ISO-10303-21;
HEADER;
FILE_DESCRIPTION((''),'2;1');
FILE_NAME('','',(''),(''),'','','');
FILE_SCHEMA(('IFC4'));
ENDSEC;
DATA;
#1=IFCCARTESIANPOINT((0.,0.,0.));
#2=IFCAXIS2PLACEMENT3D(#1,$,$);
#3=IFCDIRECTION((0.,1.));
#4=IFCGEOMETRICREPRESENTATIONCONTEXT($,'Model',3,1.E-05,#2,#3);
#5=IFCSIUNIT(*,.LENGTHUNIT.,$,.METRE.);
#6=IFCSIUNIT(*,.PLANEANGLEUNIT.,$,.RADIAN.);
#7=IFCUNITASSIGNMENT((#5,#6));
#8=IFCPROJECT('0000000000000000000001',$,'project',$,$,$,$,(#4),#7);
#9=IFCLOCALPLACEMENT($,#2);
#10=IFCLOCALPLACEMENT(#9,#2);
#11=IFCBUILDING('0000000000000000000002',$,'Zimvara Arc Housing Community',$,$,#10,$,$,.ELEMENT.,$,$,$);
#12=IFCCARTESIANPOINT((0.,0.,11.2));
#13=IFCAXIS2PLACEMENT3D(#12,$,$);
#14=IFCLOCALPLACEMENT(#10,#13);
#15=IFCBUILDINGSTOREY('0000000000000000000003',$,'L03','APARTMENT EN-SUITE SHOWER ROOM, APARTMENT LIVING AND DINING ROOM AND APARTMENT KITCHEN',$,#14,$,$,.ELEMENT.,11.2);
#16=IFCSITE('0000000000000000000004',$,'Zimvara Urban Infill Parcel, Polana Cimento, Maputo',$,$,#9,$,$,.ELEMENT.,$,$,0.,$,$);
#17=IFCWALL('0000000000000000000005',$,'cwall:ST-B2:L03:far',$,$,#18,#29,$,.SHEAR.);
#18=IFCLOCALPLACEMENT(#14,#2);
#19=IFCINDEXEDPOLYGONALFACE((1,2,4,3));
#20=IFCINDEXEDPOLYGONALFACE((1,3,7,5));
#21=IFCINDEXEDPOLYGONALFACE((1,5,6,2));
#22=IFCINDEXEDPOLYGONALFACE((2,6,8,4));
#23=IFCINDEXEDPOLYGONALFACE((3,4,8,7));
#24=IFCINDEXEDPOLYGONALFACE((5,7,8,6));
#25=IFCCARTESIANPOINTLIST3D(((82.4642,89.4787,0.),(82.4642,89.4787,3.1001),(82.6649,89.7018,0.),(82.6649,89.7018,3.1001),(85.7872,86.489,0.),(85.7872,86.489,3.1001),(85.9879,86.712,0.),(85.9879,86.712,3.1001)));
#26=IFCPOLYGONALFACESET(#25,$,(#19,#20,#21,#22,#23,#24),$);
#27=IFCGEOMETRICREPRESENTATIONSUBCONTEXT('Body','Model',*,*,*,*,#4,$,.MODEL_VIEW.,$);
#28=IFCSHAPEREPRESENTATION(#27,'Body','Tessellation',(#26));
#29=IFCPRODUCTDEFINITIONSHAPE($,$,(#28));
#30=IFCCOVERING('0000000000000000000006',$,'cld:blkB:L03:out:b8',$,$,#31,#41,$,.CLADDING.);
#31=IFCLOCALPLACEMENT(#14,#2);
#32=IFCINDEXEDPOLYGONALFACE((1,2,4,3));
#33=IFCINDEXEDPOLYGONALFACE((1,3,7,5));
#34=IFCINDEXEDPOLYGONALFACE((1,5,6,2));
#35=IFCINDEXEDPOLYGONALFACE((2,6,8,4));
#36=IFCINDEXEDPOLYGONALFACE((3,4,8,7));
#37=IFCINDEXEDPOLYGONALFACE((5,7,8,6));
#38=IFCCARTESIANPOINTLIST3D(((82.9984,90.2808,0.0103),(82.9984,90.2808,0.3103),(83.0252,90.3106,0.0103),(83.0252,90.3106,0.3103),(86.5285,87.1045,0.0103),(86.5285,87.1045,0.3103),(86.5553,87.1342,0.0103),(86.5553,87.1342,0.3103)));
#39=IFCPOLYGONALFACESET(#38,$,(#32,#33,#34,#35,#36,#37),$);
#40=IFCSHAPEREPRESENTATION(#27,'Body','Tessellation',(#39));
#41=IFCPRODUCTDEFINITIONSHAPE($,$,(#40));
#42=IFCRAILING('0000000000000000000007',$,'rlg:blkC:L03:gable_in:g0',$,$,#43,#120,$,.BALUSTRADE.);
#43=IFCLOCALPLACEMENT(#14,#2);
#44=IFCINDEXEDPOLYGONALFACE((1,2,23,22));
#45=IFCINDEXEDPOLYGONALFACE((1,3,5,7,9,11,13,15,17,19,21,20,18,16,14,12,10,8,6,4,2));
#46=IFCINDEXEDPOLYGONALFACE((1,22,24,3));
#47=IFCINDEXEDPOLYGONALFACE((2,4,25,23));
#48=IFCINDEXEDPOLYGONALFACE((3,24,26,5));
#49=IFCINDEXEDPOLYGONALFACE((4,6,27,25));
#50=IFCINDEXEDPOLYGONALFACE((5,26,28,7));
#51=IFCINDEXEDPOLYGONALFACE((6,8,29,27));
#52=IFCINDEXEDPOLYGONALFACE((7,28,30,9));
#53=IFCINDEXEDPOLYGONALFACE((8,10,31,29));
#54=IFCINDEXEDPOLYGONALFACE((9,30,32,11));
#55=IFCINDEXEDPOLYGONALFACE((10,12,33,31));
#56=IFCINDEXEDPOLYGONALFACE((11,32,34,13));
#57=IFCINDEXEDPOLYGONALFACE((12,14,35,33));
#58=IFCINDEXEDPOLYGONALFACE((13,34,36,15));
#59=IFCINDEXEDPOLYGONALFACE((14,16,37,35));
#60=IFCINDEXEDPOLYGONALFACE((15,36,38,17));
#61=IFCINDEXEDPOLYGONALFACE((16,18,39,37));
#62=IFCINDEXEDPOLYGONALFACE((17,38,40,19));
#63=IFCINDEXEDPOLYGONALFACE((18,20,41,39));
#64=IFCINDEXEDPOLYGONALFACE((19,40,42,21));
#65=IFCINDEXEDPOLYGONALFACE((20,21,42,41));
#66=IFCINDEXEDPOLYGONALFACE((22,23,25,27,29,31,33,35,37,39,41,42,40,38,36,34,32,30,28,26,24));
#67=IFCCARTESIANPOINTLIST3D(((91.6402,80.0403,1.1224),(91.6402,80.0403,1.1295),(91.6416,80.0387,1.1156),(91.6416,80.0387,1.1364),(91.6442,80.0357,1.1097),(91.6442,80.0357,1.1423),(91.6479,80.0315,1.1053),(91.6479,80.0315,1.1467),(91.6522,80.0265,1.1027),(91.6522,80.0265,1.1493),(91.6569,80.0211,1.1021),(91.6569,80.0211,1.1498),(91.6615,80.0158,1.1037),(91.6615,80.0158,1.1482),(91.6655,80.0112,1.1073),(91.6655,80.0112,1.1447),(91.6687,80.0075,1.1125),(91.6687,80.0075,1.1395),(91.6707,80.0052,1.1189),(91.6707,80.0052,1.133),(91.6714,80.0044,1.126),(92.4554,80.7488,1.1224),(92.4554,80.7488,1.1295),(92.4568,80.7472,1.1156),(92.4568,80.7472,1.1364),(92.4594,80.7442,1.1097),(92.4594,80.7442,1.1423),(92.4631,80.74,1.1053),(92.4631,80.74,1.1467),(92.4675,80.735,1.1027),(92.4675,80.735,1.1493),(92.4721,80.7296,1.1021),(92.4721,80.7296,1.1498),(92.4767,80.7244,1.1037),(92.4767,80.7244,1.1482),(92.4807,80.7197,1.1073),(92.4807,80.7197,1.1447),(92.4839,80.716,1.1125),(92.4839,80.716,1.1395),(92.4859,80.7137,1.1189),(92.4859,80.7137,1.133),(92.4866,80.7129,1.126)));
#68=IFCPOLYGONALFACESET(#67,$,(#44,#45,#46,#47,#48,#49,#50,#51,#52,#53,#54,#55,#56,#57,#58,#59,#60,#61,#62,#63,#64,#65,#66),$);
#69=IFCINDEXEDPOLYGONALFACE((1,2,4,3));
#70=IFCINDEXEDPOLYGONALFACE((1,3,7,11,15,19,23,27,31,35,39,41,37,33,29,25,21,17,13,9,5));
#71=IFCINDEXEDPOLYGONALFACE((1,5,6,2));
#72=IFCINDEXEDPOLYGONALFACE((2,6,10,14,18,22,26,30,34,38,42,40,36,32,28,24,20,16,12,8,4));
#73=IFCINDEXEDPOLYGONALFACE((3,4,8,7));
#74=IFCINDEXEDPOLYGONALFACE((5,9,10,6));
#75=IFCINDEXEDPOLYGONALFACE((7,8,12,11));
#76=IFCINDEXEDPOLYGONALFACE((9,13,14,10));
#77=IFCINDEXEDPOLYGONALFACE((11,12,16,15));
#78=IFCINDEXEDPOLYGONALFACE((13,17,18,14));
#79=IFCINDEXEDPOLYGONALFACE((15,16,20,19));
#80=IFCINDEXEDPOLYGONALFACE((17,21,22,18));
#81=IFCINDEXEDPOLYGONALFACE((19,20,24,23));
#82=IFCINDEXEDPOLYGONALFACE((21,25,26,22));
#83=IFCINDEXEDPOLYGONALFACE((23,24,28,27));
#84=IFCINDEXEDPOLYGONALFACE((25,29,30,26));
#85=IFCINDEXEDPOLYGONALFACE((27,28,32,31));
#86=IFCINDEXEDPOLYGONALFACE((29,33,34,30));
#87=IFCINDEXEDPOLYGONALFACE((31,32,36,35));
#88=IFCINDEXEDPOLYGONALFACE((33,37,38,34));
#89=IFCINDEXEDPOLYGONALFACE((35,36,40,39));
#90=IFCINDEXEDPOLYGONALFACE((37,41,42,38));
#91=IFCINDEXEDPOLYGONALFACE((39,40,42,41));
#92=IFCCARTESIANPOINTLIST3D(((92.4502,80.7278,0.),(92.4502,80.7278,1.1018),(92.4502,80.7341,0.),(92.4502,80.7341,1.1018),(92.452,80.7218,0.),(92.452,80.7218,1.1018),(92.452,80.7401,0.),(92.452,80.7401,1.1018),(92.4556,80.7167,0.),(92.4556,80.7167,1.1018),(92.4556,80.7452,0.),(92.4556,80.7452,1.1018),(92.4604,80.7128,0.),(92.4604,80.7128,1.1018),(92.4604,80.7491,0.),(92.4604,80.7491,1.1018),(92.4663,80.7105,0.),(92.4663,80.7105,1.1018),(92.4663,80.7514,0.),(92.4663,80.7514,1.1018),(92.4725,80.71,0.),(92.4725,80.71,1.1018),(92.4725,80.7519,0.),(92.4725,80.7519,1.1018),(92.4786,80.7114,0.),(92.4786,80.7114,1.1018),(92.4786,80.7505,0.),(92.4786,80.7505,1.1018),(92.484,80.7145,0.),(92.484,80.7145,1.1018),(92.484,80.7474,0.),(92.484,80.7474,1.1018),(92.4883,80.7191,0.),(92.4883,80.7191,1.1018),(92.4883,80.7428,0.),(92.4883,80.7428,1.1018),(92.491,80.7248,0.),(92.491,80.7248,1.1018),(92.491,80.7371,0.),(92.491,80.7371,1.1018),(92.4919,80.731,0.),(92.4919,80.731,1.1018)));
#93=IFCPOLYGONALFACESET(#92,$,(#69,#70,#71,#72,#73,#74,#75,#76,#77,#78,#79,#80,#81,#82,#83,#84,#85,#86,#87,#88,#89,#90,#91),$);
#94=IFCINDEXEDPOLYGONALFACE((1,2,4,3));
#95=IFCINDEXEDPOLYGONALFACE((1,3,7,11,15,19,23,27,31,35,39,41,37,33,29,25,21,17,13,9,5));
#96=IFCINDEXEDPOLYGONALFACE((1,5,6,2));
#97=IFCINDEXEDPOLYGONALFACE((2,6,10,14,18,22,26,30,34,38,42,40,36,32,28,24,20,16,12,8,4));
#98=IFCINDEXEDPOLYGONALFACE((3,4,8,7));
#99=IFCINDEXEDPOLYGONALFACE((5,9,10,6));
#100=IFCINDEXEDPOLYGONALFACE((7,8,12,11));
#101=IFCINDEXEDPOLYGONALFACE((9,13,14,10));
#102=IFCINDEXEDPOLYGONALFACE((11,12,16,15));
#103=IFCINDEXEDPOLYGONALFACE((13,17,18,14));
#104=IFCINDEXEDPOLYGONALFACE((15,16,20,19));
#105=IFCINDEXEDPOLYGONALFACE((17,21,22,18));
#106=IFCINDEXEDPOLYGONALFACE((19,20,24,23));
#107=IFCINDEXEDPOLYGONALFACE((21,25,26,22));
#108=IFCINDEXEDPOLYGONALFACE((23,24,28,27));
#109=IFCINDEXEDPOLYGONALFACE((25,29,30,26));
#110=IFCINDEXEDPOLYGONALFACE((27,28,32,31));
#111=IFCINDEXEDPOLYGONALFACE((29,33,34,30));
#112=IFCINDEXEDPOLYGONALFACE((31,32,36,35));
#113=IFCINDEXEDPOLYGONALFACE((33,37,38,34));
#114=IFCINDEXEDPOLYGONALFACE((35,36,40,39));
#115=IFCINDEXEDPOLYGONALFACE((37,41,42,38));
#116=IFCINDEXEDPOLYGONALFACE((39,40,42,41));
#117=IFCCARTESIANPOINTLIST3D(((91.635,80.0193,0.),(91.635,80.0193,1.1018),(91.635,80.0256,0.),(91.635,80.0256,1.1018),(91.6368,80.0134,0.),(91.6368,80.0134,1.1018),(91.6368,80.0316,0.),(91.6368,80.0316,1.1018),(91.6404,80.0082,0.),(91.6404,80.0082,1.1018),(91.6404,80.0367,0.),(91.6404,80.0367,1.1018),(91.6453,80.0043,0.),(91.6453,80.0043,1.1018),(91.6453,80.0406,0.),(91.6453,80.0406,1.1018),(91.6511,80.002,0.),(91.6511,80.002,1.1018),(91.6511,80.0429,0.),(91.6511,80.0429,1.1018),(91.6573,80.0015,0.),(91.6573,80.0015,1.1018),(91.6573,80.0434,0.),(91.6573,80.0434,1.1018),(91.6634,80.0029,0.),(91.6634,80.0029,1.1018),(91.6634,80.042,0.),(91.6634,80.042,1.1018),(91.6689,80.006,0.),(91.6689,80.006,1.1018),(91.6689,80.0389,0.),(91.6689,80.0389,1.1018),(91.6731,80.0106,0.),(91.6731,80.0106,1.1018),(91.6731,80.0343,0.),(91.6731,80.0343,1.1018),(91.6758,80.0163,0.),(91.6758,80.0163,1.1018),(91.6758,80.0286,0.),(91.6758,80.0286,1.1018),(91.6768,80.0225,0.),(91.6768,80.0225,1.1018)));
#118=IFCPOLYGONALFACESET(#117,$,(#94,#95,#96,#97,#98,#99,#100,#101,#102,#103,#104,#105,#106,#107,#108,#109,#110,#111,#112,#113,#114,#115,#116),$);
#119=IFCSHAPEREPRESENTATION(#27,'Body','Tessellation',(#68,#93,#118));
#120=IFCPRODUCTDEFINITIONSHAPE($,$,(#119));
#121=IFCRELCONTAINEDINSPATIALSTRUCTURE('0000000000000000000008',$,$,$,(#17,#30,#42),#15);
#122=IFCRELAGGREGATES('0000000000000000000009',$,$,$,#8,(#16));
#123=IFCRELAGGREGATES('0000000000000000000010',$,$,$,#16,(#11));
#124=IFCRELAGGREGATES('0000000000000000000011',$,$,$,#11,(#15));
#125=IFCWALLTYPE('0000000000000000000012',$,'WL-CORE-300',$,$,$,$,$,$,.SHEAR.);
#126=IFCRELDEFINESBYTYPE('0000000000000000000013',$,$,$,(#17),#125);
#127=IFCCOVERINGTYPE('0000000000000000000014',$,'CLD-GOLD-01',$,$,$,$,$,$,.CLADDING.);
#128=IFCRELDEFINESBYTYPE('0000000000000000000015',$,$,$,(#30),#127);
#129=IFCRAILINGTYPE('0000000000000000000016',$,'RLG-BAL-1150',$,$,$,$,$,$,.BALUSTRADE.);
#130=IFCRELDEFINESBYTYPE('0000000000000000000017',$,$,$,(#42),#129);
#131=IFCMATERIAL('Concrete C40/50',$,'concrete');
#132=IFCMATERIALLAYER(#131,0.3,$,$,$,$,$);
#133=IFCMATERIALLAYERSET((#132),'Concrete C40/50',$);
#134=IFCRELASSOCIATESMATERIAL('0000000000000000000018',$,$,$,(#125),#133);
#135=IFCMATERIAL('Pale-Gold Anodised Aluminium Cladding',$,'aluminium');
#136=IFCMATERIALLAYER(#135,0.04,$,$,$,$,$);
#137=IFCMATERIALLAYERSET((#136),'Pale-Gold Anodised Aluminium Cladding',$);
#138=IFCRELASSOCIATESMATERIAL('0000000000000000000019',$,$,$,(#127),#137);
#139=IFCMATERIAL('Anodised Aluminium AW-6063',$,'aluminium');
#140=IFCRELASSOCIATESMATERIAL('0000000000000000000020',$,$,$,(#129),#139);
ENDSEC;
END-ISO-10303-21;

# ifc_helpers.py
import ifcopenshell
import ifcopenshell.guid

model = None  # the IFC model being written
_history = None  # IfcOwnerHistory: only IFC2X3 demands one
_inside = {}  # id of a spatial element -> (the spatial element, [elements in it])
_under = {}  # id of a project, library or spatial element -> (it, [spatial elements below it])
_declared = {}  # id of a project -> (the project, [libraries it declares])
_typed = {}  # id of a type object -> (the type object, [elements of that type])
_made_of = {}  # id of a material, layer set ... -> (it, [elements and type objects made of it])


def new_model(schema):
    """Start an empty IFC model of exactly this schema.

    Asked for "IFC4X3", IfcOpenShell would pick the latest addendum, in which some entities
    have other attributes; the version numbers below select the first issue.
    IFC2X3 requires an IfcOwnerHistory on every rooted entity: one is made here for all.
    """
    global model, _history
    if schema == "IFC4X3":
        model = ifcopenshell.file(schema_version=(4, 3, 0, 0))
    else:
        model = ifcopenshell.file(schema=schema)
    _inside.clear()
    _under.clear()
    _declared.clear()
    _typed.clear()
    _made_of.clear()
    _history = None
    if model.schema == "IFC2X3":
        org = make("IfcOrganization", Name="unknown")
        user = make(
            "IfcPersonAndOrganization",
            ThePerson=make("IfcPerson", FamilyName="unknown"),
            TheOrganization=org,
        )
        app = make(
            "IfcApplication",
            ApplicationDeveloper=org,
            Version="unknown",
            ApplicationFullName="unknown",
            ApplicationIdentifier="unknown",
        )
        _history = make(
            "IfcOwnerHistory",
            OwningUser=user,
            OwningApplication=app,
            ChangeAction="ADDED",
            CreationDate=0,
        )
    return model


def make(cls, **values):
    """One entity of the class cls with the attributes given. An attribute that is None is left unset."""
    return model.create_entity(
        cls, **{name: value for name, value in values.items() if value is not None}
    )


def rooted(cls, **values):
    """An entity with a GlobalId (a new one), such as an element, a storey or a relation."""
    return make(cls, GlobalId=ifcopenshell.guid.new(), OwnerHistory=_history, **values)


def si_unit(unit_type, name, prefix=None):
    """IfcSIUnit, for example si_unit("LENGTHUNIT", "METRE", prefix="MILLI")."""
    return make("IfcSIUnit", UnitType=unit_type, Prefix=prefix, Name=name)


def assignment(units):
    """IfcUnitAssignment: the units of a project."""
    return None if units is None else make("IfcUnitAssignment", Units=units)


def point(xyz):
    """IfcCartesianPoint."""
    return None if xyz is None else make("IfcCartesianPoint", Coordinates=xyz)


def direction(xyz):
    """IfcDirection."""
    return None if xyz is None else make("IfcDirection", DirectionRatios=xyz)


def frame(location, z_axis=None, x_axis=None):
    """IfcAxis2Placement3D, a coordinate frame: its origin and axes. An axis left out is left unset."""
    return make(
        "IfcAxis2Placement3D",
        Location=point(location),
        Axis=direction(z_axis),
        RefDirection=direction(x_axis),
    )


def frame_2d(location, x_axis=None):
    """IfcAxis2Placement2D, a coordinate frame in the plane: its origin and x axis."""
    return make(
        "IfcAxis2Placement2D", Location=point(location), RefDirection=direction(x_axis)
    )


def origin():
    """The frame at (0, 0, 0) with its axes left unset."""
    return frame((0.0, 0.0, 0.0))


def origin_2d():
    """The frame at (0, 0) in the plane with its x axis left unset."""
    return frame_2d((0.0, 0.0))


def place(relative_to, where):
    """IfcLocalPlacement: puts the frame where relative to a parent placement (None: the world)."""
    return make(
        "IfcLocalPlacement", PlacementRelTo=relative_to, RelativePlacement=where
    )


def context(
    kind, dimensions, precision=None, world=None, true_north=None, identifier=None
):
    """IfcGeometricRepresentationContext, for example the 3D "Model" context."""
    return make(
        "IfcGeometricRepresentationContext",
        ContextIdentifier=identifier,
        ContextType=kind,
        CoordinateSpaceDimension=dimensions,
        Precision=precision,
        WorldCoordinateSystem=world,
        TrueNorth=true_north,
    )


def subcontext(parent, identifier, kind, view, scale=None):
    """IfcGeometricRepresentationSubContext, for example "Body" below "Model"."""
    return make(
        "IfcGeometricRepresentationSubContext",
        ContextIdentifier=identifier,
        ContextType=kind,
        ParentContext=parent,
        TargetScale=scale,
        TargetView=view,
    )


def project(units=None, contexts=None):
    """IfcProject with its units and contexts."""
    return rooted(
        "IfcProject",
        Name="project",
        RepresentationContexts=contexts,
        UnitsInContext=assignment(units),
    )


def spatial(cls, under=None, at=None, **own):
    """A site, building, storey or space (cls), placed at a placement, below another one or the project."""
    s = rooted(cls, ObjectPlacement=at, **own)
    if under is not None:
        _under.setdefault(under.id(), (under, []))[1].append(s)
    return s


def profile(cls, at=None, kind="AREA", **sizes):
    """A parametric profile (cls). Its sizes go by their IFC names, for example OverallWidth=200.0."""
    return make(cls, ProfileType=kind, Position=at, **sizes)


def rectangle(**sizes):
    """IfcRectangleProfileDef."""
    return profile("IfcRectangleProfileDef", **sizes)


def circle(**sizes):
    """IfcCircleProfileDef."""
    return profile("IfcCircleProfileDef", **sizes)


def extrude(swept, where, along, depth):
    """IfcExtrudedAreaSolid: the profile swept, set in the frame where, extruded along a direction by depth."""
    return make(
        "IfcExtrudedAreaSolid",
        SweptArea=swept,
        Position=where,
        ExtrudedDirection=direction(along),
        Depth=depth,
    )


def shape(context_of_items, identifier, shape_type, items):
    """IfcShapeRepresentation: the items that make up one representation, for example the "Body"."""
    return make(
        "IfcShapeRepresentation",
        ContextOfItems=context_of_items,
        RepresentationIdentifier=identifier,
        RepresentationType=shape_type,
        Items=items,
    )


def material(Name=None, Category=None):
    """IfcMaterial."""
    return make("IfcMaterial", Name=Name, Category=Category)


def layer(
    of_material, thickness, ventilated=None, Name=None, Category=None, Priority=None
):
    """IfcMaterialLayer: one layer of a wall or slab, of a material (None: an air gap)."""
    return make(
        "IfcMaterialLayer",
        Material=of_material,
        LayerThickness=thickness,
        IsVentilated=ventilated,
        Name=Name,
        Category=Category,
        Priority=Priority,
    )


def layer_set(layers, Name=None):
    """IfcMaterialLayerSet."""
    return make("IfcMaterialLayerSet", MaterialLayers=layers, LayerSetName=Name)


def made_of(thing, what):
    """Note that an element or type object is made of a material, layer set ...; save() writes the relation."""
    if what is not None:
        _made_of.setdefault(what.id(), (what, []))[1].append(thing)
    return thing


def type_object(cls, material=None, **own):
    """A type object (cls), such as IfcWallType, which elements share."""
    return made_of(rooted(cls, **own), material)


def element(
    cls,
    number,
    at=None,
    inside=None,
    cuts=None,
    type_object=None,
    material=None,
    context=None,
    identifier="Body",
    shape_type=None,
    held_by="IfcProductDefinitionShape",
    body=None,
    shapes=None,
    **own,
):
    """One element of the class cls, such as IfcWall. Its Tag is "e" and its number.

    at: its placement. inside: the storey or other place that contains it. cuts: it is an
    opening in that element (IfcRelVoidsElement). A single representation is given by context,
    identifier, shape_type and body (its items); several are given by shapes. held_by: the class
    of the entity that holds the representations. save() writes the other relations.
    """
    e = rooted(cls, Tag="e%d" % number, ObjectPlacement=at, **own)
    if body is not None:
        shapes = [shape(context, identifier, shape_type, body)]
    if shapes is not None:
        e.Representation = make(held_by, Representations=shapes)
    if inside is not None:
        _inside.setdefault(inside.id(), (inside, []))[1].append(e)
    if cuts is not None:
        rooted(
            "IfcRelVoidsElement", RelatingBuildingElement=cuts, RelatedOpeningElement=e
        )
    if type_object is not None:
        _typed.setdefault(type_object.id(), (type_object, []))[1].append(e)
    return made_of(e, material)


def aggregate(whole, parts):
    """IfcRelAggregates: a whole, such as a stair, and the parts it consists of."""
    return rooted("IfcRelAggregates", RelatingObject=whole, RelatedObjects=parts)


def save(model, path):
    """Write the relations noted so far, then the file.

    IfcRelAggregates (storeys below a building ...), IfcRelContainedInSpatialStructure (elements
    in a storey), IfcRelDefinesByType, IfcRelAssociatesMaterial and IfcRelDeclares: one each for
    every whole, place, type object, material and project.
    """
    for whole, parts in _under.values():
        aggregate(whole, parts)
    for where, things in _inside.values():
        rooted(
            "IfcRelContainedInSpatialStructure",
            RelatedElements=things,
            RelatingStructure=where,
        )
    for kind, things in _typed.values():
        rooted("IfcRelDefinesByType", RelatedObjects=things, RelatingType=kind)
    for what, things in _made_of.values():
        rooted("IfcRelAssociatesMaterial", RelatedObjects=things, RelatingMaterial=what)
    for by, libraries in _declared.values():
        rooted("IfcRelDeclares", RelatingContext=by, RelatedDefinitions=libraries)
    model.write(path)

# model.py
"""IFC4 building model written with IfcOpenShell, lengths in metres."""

from ifc_helpers import new_model, si_unit, direction, frame, frame_2d, origin, origin_2d, place, context, subcontext, project, spatial, rectangle, circle, extrude, material, layer, layer_set, type_object, element, save


model = new_model("IFC4")

# Units and contexts
model_context = context("Model", 3, precision=1e-05, world=origin(), true_north=direction((0.0, 1.0)))
body_context = subcontext(model_context, "Body", "Model", "MODEL_VIEW")
ifc_project = project(units=[si_unit("LENGTHUNIT", "METRE"), si_unit("PLANEANGLEUNIT", "RADIAN")], contexts=[model_context])

# Site, building, storey
site_placement = place(None, origin())
site = spatial("IfcSite", under=ifc_project, at=site_placement, Name="Zimvara Urban Infill Parcel, Polana Cimento, Maputo", CompositionType="ELEMENT", RefElevation=0.0)
building_placement = place(site_placement, origin())
building = spatial("IfcBuilding", under=site, at=building_placement, Name="Zimvara Arc Housing Community", CompositionType="ELEMENT")
storey_placement = place(building_placement, frame((0.0, 0.0, 11.2)))
storey = spatial("IfcBuildingStorey", under=building, at=storey_placement, Name="L03", Description="APARTMENT EN-SUITE SHOWER ROOM, APARTMENT LIVING AND DINING ROOM AND APARTMENT KITCHEN", CompositionType="ELEMENT", Elevation=11.2)

# Wall
ifc_material_1 = material(Name="Concrete C40/50", Category="concrete")
ifc_layer_1 = layer(ifc_material_1, 0.3)
ifc_layer_set_1 = layer_set([ifc_layer_1], Name="Concrete C40/50")
wall_type_1 = type_object("IfcWallType", Name="WL-CORE-300", PredefinedType="SHEAR", material=ifc_layer_set_1)
wall_1_placement = place(storey_placement, frame((85.8875, 86.6006, 0.0), z_axis=(0.0, 0.0, 1.0), x_axis=(-0.7434, 0.668847, 0.0)))
element("IfcWall", 1, at=wall_1_placement, inside=storey, type_object=wall_type_1, Name="cwall:ST-B2:L03:far", PredefinedType="SHEAR", context=body_context, shape_type="SweptSolid", body=[
    extrude(rectangle(XDim=4.47, YDim=0.3, at=frame_2d((2.2349, 0.0))), origin(), (0.0, 0.0, 1.0), 3.1001),
])

# Covering
ifc_material_2 = material(Name="Pale-Gold Anodised Aluminium Cladding", Category="aluminium")
ifc_layer_2 = layer(ifc_material_2, 0.04)
ifc_layer_set_2 = layer_set([ifc_layer_2], Name="Pale-Gold Anodised Aluminium Cladding")
covering_type = type_object("IfcCoveringType", Name="CLD-GOLD-01", PredefinedType="CLADDING", material=ifc_layer_set_2)
covering_placement = place(storey_placement, frame((84.7769, 88.7075, 0.0103), z_axis=(0.0, 0.0, 1.0), x_axis=(0.743377, -0.668872, 0.0)))
element("IfcCovering", 2, at=covering_placement, inside=storey, type_object=covering_type, Name="cld:blkB:L03:out:b8", PredefinedType="CLADDING", context=body_context, shape_type="SweptSolid", body=[
    extrude(rectangle(XDim=4.7488, YDim=0.04, at=origin_2d()), origin(), (0.0, 0.0, 1.0), 0.3),
])

# Railing
ifc_material_3 = material(Name="Anodised Aluminium AW-6063", Category="aluminium")
railing_type = type_object("IfcRailingType", Name="RLG-BAL-1150", PredefinedType="BALUSTRADE", material=ifc_material_3)
railing_placement = place(storey_placement, frame((92.4709, 80.731, 0.0)))
element("IfcRailing", 3, at=railing_placement, inside=storey, type_object=railing_type, Name="rlg:blkC:L03:gable_in:g0", PredefinedType="BALUSTRADE", context=body_context, shape_type="SweptSolid", body=[
    extrude(circle(Radius=0.0239, at=origin_2d()), frame((0.0, 0.0, 1.126), z_axis=(-0.754771, -0.655988, 0.0), x_axis=(0.655988, -0.754771, 0.0)), (0.0, 0.0, 1.0), 1.0801),
    extrude(circle(Radius=0.021, at=origin_2d()), origin(), (0.0, 0.0, 1.0), 1.1018),
    extrude(circle(Radius=0.021, at=origin_2d()), frame((-0.8152, -0.7085, 0.0)), (0.0, 0.0, 1.0), 1.1018),
])

save(model, "model.ifc")
